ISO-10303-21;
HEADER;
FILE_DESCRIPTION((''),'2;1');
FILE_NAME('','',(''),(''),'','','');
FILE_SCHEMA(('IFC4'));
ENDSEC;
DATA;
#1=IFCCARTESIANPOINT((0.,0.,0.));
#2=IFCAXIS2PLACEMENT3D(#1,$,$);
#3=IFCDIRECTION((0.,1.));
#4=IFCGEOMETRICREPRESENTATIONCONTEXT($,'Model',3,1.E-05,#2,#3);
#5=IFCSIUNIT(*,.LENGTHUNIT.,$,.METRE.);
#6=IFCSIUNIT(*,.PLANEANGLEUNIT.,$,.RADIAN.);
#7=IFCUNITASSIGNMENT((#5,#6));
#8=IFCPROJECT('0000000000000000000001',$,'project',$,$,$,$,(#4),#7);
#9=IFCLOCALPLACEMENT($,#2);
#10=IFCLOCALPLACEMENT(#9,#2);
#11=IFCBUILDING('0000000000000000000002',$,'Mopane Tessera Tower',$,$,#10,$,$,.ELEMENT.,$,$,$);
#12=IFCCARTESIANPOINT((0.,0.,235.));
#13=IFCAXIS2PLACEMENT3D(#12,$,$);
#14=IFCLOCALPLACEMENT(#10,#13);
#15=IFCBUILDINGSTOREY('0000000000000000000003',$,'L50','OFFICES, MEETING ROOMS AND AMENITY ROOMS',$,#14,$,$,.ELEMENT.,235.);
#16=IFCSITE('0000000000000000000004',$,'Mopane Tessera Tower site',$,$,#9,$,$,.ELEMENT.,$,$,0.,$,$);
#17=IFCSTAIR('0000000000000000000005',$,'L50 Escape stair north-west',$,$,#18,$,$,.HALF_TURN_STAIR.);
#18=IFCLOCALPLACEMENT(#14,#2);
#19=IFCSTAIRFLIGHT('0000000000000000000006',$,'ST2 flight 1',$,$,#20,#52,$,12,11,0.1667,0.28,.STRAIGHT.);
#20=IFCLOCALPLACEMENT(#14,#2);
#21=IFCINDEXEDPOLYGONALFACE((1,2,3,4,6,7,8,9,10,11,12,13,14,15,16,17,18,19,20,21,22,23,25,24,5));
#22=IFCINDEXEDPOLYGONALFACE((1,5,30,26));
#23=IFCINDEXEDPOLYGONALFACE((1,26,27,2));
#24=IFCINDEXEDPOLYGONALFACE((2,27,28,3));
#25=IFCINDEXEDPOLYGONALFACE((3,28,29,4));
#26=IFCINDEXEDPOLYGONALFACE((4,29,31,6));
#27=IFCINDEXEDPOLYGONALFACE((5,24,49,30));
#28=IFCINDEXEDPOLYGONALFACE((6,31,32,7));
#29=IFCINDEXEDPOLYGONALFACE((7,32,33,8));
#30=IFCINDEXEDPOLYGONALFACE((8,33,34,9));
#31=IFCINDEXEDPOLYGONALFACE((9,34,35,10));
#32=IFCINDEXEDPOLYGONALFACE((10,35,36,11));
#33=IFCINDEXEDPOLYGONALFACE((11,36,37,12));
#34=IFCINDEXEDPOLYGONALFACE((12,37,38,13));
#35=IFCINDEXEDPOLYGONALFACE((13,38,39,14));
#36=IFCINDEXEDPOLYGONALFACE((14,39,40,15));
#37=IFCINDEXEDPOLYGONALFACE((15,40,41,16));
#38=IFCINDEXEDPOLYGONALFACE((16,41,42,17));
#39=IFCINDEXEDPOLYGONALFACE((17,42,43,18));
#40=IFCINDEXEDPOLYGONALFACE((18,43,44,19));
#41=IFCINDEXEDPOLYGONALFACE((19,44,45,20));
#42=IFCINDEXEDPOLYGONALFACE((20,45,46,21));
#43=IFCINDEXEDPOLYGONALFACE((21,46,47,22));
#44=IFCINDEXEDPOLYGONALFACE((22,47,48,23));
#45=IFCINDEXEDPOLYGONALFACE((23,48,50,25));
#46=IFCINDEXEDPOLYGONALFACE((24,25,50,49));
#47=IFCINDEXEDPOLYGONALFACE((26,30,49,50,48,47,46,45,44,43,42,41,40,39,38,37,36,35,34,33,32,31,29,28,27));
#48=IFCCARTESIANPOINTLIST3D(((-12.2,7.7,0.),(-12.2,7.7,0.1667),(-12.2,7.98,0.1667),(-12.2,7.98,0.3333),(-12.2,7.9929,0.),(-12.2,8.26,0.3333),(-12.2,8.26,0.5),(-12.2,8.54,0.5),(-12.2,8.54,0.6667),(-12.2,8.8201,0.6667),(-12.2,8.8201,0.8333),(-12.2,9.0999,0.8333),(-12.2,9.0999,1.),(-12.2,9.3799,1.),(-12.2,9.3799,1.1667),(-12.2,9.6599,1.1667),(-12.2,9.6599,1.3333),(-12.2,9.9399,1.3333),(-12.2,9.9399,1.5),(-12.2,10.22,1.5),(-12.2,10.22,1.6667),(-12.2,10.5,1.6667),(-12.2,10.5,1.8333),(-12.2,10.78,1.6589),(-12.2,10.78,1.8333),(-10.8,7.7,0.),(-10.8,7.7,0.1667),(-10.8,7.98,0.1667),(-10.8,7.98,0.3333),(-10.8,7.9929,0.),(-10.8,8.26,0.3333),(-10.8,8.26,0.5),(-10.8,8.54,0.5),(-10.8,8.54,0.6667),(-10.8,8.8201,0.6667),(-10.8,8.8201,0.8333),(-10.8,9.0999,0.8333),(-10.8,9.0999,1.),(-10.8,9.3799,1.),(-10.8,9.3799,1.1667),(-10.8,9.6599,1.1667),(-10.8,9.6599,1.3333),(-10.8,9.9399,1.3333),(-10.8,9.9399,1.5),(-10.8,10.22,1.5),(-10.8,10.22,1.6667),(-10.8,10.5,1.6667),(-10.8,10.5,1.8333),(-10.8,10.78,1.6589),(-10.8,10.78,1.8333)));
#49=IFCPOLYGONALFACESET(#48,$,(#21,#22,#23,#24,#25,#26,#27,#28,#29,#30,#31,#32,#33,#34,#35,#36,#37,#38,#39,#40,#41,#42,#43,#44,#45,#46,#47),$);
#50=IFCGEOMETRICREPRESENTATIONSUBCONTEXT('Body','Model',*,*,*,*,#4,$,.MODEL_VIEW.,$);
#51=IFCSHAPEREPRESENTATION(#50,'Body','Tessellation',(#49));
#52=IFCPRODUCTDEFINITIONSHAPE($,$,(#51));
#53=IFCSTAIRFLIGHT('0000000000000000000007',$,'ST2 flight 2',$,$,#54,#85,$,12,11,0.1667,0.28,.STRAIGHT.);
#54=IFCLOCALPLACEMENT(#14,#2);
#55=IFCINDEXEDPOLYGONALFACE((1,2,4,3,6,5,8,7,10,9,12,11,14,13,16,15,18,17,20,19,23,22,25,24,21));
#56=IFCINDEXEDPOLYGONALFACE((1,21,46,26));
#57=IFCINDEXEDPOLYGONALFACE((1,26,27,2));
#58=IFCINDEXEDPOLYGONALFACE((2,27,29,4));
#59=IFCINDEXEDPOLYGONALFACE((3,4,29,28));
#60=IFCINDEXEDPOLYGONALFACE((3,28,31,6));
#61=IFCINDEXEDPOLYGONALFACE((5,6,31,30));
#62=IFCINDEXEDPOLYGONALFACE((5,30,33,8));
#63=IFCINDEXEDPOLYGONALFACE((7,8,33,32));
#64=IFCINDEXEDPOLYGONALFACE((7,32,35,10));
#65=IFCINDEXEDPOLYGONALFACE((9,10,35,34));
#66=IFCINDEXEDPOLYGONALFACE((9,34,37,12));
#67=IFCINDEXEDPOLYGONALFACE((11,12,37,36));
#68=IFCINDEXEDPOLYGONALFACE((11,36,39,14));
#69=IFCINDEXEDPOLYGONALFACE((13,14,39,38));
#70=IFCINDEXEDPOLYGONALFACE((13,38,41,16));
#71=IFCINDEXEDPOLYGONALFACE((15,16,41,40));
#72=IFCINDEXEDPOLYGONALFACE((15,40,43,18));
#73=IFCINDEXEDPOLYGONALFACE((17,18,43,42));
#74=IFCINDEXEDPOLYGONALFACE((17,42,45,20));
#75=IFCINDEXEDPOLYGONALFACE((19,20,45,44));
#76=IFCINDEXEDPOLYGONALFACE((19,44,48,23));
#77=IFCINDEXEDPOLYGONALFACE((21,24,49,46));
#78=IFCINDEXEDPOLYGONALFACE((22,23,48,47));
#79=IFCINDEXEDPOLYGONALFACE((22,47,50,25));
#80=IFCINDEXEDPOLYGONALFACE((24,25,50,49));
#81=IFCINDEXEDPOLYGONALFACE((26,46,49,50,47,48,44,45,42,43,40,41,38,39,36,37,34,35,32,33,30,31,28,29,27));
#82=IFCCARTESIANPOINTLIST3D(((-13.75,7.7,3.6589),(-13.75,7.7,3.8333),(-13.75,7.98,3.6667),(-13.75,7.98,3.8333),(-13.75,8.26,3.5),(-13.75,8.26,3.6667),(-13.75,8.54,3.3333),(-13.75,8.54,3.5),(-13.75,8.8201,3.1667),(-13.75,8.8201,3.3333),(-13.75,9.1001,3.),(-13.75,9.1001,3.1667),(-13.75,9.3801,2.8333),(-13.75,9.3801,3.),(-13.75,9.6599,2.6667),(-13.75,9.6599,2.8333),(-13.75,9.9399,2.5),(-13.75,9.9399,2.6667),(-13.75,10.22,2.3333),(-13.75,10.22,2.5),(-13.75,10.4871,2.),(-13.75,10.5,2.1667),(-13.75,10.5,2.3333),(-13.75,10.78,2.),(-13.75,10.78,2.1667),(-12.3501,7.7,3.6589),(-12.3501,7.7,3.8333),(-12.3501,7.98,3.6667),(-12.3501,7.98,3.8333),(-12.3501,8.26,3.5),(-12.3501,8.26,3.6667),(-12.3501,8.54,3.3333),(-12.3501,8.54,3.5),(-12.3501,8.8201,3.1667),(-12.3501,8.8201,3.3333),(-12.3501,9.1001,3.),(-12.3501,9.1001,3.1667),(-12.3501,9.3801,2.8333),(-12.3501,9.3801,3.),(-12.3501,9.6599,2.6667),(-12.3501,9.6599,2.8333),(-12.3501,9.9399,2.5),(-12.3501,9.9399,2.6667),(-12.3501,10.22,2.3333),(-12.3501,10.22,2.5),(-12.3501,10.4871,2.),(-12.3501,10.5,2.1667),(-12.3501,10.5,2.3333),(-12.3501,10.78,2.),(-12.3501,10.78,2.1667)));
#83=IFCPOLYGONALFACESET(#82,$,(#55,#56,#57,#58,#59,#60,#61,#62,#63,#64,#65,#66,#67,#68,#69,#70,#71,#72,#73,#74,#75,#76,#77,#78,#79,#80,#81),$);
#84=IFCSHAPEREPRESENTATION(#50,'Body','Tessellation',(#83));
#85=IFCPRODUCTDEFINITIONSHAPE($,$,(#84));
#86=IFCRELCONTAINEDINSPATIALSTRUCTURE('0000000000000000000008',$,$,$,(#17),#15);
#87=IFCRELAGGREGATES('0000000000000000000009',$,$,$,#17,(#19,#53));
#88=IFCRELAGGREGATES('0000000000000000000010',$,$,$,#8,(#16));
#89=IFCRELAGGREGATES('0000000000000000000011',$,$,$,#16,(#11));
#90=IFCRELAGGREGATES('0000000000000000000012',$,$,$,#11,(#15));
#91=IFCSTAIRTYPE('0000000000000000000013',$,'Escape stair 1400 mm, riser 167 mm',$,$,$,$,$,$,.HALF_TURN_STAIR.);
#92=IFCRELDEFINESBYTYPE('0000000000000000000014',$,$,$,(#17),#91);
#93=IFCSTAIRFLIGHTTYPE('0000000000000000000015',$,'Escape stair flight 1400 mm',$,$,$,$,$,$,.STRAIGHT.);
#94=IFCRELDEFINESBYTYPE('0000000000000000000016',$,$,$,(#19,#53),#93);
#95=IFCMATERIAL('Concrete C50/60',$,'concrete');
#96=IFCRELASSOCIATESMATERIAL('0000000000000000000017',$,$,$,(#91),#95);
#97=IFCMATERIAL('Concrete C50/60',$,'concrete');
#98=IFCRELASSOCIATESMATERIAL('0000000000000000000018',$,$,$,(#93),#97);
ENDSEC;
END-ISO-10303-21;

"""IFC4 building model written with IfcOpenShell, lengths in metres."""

from ifc_helpers import new_model, si_unit, direction, frame, origin, place, context, subcontext, project, spatial, polyline, outline, extrude, material, type_object, element, aggregate, save


model = new_model("IFC4")

# Units and contexts
model_context = context("Model", 3, precision=1e-05, world=origin(), true_north=direction((0.0, 1.0)))
body_context = subcontext(model_context, "Body", "Model", "MODEL_VIEW")
ifc_project = project(units=[si_unit("LENGTHUNIT", "METRE"), si_unit("PLANEANGLEUNIT", "RADIAN")], contexts=[model_context])

# Site, building, storey
site_placement = place(None, origin())
site = spatial("IfcSite", under=ifc_project, at=site_placement, Name="Mopane Tessera Tower site", CompositionType="ELEMENT", RefElevation=0.0)
building_placement = place(site_placement, origin())
building = spatial("IfcBuilding", under=site, at=building_placement, Name="Mopane Tessera Tower", CompositionType="ELEMENT")
storey_placement = place(building_placement, frame((0.0, 0.0, 235.0)))
storey = spatial("IfcBuildingStorey", under=building, at=storey_placement, Name="L50", Description="OFFICES, MEETING ROOMS AND AMENITY ROOMS", CompositionType="ELEMENT", Elevation=235.0)

# Stair, stair flights
ifc_material_1 = material(Name="Concrete C50/60", Category="concrete")
stair_type = type_object("IfcStairType", Name="Escape stair 1400 mm, riser 167 mm", PredefinedType="HALF_TURN_STAIR", material=ifc_material_1)
stair_placement = place(storey_placement, origin())
stair = element("IfcStair", 1, at=stair_placement, inside=storey, type_object=stair_type, Name="L50 Escape stair north-west", PredefinedType="HALF_TURN_STAIR")
ifc_material_2 = material(Name="Concrete C50/60", Category="concrete")
stair_flight_type = type_object("IfcStairFlightType", Name="Escape stair flight 1400 mm", PredefinedType="STRAIGHT", material=ifc_material_2)
stair_flight_1_placement = place(storey_placement, frame((-11.5, 7.7, 0.0), z_axis=(0.0, 0.0, 1.0), x_axis=(0.0, 1.0, 0.0)))
stair_flight_1 = element("IfcStairFlight", 2, at=stair_flight_1_placement, type_object=stair_flight_type, Name="ST2 flight 1", NumberOfRisers=12, NumberOfTreads=11, PredefinedType="STRAIGHT", RiserHeight=0.1667, TreadLength=0.28, context=body_context, shape_type="SweptSolid", body=[
    extrude(outline(polyline([(0.0, 0.0), (0.0, 0.1667), (0.28, 0.1667), (0.28, 0.3333), (0.5601, 0.3333), (0.5601, 0.5), (0.8401, 0.5), (0.8401, 0.6667), (1.1201, 0.6667), (1.1201, 0.8333), (1.3999, 0.8333), (1.3999, 1.0), (1.6799, 1.0), (1.6799, 1.1667), (1.96, 1.1667), (1.96, 1.3333), (2.24, 1.3333), (2.24, 1.5), (2.52, 1.5), (2.52, 1.6667), (2.8, 1.6667), (2.8, 1.8333), (3.0801, 1.8333), (3.0801, 2.0), (3.0801, 1.6589), (0.293, 0.0), (0.0, 0.0)])), frame((0.0, 0.7, 0.0), z_axis=(0.0, -1.0, 0.0), x_axis=(1.0, 0.0, 0.0)), (0.0, 0.0, 1.0), 1.3999),
])
stair_flight_2_placement = place(storey_placement, frame((-13.05, 10.78, 2.0), z_axis=(0.0, 0.0, 1.0), x_axis=(0.0, -1.0, 0.0)))
stair_flight_2 = element("IfcStairFlight", 3, at=stair_flight_2_placement, type_object=stair_flight_type, Name="ST2 flight 2", NumberOfRisers=12, NumberOfTreads=11, PredefinedType="STRAIGHT", RiserHeight=0.1667, TreadLength=0.28, context=body_context, shape_type="SweptSolid", body=[
    extrude(outline(polyline([(0.0, 0.0), (0.0, 0.1667), (0.28, 0.1667), (0.28, 0.3333), (0.5601, 0.3333), (0.5601, 0.5), (0.8401, 0.5), (0.8401, 0.6667), (1.1201, 0.6667), (1.1201, 0.8333), (1.3999, 0.8333), (1.3999, 1.0), (1.6799, 1.0), (1.6799, 1.1667), (1.96, 1.1667), (1.96, 1.3333), (2.24, 1.3333), (2.24, 1.5), (2.52, 1.5), (2.52, 1.6667), (2.8, 1.6667), (2.8, 1.8333), (3.0801, 1.8333), (3.0801, 2.0), (3.0801, 1.6589), (0.293, 0.0), (0.0, 0.0)])), frame((0.0, 0.7, 0.0), z_axis=(0.0, -1.0, 0.0), x_axis=(1.0, 0.0, 0.0)), (0.0, 0.0, 1.0), 1.3999),
])
aggregate(stair, [stair_flight_1, stair_flight_2])

save(model, "model.ifc")
